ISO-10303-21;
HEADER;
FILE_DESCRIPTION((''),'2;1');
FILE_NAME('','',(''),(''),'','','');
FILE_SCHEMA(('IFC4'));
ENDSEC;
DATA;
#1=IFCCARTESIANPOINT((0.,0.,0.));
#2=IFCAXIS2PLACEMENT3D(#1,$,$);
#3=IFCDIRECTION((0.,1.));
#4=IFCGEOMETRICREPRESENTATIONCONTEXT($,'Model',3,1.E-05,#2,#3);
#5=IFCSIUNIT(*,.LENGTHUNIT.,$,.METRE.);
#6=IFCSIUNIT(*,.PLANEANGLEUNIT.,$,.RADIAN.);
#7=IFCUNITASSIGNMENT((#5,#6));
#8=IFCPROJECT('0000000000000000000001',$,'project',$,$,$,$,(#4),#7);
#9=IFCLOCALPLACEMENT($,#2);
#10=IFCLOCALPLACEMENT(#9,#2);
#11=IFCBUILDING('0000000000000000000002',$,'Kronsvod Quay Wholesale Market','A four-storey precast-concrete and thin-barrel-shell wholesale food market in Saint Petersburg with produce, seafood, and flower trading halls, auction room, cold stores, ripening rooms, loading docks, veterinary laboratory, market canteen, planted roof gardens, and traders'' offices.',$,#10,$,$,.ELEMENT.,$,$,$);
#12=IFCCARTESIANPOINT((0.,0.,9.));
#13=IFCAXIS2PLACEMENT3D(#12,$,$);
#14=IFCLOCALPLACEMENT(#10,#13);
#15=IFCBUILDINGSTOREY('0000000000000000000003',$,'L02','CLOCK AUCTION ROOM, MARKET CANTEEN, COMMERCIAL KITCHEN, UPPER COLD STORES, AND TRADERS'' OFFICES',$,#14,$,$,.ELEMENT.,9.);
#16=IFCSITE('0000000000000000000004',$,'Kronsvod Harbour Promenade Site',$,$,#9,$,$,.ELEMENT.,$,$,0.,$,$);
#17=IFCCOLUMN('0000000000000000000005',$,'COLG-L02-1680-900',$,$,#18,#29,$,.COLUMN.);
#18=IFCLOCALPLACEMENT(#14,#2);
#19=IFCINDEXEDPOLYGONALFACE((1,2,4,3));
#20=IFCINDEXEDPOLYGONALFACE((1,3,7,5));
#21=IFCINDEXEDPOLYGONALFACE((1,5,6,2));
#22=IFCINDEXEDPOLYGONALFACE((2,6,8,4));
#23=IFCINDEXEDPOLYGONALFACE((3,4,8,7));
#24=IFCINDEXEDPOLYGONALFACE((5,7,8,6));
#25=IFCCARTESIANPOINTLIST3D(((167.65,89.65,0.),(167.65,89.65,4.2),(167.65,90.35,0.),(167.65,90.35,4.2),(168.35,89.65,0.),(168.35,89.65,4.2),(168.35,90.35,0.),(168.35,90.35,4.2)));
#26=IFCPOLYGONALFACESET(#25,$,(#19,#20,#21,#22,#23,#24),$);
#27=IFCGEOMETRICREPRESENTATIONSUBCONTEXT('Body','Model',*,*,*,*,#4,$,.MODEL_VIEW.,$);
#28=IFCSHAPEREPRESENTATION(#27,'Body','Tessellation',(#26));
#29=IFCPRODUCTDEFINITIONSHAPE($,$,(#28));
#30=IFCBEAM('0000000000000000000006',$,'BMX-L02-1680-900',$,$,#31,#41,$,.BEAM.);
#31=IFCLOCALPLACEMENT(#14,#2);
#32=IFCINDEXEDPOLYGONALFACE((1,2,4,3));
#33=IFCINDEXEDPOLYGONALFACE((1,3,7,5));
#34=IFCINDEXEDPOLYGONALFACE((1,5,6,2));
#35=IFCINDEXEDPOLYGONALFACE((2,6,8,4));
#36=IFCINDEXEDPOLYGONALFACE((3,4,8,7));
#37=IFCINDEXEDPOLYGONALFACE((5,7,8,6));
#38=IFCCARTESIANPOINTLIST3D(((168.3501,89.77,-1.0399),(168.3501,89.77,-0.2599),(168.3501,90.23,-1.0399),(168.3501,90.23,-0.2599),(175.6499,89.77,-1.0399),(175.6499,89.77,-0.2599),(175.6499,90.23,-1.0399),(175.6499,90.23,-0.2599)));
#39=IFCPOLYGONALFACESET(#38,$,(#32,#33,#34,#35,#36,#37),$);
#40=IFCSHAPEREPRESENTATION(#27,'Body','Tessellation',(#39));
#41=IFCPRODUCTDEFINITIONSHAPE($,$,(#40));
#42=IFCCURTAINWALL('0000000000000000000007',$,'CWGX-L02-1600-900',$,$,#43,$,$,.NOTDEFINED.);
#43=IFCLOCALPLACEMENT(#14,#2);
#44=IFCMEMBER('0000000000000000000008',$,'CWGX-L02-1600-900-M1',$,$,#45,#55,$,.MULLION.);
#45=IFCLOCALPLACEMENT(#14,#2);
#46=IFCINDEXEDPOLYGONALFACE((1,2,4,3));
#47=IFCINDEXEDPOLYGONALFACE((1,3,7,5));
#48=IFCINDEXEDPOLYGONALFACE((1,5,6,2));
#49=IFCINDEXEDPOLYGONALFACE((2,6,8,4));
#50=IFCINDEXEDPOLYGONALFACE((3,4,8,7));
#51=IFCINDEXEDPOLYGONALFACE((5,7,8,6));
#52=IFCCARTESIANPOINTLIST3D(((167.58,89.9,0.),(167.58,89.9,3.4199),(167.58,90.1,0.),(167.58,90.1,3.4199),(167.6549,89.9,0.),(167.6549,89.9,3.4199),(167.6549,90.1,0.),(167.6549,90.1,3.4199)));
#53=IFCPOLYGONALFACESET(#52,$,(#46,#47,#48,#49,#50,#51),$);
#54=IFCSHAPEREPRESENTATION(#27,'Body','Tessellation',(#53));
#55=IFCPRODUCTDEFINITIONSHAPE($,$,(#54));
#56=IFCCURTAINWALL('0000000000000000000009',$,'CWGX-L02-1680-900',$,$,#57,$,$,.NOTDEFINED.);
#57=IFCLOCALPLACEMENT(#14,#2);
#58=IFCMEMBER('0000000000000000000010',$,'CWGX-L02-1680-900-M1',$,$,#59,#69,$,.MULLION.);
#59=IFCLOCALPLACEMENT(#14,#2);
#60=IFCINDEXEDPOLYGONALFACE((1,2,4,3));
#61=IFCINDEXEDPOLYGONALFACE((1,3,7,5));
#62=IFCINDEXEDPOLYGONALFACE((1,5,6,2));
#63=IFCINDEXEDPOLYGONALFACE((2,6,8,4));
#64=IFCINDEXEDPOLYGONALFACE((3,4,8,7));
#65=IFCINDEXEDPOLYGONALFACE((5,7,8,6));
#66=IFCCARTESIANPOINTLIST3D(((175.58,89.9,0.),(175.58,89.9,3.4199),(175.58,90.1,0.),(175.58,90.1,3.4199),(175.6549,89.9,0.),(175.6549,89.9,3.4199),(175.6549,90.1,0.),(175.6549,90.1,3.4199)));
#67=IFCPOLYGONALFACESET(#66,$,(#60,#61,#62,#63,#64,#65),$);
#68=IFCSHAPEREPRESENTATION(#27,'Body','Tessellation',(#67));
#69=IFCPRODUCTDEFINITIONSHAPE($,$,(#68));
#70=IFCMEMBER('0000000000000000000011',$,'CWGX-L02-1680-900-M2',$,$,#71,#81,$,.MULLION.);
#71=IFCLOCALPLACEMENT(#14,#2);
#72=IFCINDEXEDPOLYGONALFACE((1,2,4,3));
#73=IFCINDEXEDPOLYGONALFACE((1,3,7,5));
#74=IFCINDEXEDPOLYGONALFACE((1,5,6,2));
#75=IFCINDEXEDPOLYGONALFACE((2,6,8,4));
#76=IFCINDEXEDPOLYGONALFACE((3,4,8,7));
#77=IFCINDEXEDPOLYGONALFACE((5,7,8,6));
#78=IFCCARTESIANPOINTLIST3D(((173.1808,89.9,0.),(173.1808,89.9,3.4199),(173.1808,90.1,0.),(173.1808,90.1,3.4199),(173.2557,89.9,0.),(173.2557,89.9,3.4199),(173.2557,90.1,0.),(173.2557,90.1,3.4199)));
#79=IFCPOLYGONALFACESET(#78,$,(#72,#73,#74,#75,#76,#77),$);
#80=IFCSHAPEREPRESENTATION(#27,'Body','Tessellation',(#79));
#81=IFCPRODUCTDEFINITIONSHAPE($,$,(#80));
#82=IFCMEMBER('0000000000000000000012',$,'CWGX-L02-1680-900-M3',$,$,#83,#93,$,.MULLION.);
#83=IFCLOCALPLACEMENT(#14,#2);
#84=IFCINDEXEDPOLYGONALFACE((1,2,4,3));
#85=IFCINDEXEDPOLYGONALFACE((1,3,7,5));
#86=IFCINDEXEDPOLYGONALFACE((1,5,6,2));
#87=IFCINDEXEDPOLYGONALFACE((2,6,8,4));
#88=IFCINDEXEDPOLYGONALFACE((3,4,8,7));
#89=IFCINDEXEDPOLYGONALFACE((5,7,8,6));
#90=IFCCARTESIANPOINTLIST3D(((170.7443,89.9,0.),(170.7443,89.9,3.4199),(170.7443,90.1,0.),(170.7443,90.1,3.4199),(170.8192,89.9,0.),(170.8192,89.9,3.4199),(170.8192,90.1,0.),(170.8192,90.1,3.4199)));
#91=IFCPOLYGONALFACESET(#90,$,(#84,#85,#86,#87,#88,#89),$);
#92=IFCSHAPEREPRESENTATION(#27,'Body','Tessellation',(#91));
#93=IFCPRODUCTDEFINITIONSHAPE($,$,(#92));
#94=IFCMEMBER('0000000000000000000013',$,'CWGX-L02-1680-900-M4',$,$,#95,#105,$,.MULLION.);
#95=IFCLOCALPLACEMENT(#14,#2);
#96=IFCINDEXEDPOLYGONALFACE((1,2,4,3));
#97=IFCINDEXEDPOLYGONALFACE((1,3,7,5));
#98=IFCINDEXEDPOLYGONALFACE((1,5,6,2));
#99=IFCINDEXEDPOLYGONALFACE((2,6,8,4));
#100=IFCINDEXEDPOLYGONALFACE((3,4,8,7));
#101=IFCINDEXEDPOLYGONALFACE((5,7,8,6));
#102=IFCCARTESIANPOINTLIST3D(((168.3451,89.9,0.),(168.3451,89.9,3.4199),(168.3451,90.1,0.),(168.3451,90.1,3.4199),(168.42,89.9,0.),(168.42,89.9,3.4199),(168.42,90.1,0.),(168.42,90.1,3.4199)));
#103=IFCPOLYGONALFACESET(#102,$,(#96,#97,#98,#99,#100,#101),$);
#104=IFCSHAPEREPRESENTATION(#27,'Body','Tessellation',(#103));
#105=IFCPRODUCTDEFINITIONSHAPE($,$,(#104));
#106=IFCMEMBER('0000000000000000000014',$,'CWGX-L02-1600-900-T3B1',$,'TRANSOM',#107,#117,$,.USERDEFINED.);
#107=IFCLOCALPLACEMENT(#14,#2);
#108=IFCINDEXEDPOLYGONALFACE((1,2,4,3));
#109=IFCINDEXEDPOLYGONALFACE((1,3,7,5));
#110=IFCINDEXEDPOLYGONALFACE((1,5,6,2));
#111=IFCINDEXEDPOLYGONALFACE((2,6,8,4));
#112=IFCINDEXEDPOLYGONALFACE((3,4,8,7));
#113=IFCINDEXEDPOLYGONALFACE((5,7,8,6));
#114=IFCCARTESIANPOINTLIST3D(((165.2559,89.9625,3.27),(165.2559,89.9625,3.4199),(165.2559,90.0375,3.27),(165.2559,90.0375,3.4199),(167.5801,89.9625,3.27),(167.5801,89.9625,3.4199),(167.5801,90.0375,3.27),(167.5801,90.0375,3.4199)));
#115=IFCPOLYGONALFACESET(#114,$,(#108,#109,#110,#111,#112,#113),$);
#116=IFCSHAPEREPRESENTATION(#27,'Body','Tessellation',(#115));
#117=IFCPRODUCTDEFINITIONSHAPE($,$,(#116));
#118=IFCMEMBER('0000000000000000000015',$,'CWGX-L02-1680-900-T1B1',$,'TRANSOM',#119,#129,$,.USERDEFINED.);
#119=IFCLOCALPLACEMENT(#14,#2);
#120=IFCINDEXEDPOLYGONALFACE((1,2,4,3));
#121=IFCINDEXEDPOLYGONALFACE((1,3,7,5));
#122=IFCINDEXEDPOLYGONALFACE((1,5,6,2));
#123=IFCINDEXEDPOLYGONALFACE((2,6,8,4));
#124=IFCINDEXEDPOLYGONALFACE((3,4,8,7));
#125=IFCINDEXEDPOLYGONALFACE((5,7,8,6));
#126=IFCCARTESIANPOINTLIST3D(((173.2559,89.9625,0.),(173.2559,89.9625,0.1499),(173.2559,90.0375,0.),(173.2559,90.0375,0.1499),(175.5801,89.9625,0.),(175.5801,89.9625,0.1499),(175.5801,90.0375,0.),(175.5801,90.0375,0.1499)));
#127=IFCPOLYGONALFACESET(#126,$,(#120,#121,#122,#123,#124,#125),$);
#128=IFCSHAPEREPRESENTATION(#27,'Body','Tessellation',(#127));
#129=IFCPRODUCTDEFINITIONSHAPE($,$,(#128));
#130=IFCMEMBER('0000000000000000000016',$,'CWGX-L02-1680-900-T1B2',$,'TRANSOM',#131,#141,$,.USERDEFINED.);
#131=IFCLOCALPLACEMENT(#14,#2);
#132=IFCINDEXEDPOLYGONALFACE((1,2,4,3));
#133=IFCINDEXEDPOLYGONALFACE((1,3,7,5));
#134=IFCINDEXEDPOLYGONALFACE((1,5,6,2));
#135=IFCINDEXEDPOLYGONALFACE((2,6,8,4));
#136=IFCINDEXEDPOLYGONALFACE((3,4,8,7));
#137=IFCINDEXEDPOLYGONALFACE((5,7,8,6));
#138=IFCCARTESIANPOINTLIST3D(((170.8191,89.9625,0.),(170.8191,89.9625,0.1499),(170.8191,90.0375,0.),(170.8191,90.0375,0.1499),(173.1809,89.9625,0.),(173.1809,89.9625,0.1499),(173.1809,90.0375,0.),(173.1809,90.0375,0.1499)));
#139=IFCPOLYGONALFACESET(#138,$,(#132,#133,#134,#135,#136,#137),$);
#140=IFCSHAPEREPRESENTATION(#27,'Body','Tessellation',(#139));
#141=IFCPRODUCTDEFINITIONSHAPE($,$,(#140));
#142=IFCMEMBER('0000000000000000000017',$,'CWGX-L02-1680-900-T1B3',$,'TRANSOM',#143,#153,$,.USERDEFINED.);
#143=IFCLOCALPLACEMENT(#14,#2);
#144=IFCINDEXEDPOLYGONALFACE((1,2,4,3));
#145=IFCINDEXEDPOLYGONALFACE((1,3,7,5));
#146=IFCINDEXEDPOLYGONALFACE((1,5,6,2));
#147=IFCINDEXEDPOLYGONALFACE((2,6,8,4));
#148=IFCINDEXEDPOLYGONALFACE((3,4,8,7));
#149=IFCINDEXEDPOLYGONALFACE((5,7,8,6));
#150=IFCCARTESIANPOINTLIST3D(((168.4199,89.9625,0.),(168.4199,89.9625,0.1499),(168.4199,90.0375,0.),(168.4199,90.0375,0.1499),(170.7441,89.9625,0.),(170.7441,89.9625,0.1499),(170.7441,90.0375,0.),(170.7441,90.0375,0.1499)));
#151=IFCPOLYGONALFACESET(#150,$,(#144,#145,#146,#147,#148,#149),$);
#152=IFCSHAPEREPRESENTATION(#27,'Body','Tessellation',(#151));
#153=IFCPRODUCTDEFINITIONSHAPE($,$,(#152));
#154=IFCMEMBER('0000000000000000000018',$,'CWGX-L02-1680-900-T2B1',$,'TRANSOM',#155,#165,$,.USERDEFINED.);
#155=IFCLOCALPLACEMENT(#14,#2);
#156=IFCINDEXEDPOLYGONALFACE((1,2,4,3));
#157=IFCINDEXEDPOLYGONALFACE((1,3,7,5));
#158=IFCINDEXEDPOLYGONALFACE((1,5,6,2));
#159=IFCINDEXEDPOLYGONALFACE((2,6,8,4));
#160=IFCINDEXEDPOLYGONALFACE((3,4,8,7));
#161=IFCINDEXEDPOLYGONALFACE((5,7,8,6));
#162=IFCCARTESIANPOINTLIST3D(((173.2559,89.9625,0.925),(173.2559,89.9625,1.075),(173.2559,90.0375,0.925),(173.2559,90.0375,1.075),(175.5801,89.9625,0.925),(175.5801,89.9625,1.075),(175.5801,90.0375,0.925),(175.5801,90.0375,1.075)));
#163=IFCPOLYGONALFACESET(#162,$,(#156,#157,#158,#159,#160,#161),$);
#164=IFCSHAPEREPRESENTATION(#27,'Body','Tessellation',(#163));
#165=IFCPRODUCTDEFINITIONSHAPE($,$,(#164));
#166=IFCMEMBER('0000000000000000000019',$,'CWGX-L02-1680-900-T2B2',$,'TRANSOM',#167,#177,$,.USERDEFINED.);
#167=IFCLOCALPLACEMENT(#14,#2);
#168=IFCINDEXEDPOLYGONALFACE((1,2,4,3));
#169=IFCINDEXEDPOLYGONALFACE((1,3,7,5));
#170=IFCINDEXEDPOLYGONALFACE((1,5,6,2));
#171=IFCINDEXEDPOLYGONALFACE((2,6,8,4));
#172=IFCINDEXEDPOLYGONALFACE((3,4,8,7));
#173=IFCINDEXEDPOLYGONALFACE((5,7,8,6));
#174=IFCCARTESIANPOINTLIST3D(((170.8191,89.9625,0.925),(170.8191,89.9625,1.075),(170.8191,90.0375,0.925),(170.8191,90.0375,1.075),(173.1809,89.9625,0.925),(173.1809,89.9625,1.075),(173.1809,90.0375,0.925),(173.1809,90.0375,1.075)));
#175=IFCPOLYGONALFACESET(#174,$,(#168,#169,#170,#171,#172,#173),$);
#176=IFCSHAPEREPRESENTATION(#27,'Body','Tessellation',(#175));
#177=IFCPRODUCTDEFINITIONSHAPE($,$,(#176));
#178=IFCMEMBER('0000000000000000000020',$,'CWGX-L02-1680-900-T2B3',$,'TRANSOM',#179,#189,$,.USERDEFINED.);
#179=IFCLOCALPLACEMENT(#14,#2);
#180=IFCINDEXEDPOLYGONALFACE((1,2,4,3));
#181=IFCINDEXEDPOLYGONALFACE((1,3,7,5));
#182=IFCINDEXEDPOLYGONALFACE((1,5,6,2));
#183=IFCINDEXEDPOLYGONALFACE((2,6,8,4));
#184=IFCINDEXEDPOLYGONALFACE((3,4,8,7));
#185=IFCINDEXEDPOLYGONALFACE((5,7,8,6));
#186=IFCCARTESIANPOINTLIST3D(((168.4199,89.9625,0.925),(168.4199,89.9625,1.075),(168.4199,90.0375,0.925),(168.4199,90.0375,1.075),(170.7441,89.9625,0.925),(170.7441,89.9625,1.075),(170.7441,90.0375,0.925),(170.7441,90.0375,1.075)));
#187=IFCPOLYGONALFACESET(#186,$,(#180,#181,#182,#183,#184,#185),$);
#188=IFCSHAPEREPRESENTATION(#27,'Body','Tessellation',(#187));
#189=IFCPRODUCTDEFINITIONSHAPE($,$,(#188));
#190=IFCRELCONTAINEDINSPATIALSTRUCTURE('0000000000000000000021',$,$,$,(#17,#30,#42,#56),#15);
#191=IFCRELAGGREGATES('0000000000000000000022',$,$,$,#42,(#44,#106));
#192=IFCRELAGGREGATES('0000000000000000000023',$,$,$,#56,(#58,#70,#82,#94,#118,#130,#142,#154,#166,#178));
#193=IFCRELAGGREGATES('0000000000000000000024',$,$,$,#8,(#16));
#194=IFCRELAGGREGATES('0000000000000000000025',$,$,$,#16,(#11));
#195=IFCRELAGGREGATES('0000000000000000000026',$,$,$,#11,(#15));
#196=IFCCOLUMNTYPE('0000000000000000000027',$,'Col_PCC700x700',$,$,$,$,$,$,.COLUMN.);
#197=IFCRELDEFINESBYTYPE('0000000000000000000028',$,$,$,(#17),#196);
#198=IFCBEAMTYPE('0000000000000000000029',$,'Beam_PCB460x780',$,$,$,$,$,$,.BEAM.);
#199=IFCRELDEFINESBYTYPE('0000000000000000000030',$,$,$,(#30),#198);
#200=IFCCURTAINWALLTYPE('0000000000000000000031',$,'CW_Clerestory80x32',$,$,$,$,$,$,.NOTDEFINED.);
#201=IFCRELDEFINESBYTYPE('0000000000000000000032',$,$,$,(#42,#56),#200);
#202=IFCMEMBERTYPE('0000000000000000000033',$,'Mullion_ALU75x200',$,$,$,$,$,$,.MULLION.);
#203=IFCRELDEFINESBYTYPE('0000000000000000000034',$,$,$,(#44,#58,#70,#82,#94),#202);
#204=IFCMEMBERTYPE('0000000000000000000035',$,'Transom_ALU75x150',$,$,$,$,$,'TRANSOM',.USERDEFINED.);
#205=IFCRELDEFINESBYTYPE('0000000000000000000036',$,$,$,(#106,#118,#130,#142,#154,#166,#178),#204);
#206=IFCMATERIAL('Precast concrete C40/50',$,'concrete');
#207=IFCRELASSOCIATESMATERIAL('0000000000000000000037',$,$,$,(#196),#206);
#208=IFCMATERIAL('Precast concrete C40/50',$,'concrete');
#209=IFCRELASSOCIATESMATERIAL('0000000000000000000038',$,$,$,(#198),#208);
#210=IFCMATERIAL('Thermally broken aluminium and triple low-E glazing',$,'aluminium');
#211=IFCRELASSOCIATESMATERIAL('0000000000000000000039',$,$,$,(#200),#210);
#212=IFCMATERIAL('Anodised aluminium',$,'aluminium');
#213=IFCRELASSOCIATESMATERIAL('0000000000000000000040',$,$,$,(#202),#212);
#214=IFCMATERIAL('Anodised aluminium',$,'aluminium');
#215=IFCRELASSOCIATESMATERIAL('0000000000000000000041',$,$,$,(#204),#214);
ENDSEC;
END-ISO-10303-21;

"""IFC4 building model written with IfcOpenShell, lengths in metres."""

from ifc_helpers import new_model, si_unit, direction, frame, origin, origin_2d, place, context, subcontext, project, spatial, rectangle, extrude, material, material_profile, profile_set, type_object, element, aggregate, save


model = new_model("IFC4")

# Units and contexts
model_context = context("Model", 3, precision=1e-05, world=origin(), true_north=direction((0.0, 1.0)))
body_context = subcontext(model_context, "Body", "Model", "MODEL_VIEW")
ifc_project = project(units=[si_unit("LENGTHUNIT", "METRE"), si_unit("PLANEANGLEUNIT", "RADIAN")], contexts=[model_context])

# Site, building, storey
site_placement = place(None, origin())
site = spatial("IfcSite", under=ifc_project, at=site_placement, Name="Kronsvod Harbour Promenade Site", CompositionType="ELEMENT", RefElevation=0.0)
building_placement = place(site_placement, origin())
building = spatial("IfcBuilding", under=site, at=building_placement, Name="Kronsvod Quay Wholesale Market", Description="A four-storey precast-concrete and thin-barrel-shell wholesale food market in Saint Petersburg with produce, seafood, and flower trading halls, auction room, cold stores, ripening rooms, loading docks, veterinary laboratory, market canteen, planted roof gardens, and traders' offices.", CompositionType="ELEMENT")
storey_placement = place(building_placement, frame((0.0, 0.0, 9.0)))
storey = spatial("IfcBuildingStorey", under=building, at=storey_placement, Name="L02", Description="CLOCK AUCTION ROOM, MARKET CANTEEN, COMMERCIAL KITCHEN, UPPER COLD STORES, AND TRADERS' OFFICES", CompositionType="ELEMENT", Elevation=9.0)

# Column
ifc_material_1 = material(Name="Precast concrete C40/50", Category="concrete")
ifc_material_profile_1 = material_profile(ifc_material_1, rectangle(XDim=0.7, YDim=0.7, at=origin_2d()), Name="PCC700x700")
ifc_profile_set_1 = profile_set([ifc_material_profile_1], Name="Precast concrete C40/50")
column_type = type_object("IfcColumnType", Name="Col_PCC700x700", PredefinedType="COLUMN", material=ifc_profile_set_1)
column_placement = place(storey_placement, frame((168.0, 90.0, 0.0), z_axis=(0.0, 0.0, 1.0), x_axis=(1.0, 0.0, 0.0)))
element("IfcColumn", 1, at=column_placement, inside=storey, type_object=column_type, Name="COLG-L02-1680-900", PredefinedType="COLUMN", context=body_context, shape_type="SweptSolid", body=[
    extrude(rectangle(XDim=0.7, YDim=0.7, at=origin_2d()), origin(), (0.0, 0.0, 1.0), 4.2),
])

# Beam
ifc_material_2 = material(Name="Precast concrete C40/50", Category="concrete")
ifc_material_profile_2 = material_profile(ifc_material_2, rectangle(XDim=0.46, YDim=0.78, at=origin_2d()), Name="PB-03")
ifc_profile_set_2 = profile_set([ifc_material_profile_2], Name="Precast concrete C40/50")
beam_type = type_object("IfcBeamType", Name="Beam_PCB460x780", PredefinedType="BEAM", material=ifc_profile_set_2)
beam_placement = place(storey_placement, frame((168.3501, 90.0, -0.6499), z_axis=(1.0, 0.0, 0.0), x_axis=(0.0, 1.0, 0.0)))
element("IfcBeam", 2, at=beam_placement, inside=storey, type_object=beam_type, Name="BMX-L02-1680-900", PredefinedType="BEAM", context=body_context, shape_type="SweptSolid", body=[
    extrude(rectangle(XDim=0.46, YDim=0.78, at=origin_2d()), origin(), (0.0, 0.0, 1.0), 7.2998),
])

# Curtain wall, member
ifc_material_3 = material(Name="Thermally broken aluminium and triple low-E glazing", Category="aluminium")
curtain_wall_type = type_object("IfcCurtainWallType", Name="CW_Clerestory80x32", PredefinedType="NOTDEFINED", material=ifc_material_3)
curtain_wall_1_placement = place(storey_placement, origin())
curtain_wall_1 = element("IfcCurtainWall", 3, at=curtain_wall_1_placement, inside=storey, type_object=curtain_wall_type, Name="CWGX-L02-1600-900", PredefinedType="NOTDEFINED")
ifc_material_4 = material(Name="Anodised aluminium", Category="aluminium")
ifc_material_profile_3 = material_profile(ifc_material_4, rectangle(XDim=0.075, YDim=0.2, at=origin_2d()), Name="ALUM75x200")
ifc_profile_set_3 = profile_set([ifc_material_profile_3], Name="Anodised aluminium")
member_type_1 = type_object("IfcMemberType", Name="Mullion_ALU75x200", PredefinedType="MULLION", material=ifc_profile_set_3)
member_1_placement = place(storey_placement, frame((167.6174, 90.0, 0.0), z_axis=(0.0, 0.0, 1.0), x_axis=(1.0, 0.0, 0.0)))
member_1 = element("IfcMember", 4, at=member_1_placement, type_object=member_type_1, Name="CWGX-L02-1600-900-M1", PredefinedType="MULLION", context=body_context, shape_type="SweptSolid", body=[
    extrude(rectangle(XDim=0.075, YDim=0.2, at=origin_2d()), origin(), (0.0, 0.0, 1.0), 3.4199),
])

# Curtain wall, members
curtain_wall_2_placement = place(storey_placement, origin())
curtain_wall_2 = element("IfcCurtainWall", 5, at=curtain_wall_2_placement, inside=storey, type_object=curtain_wall_type, Name="CWGX-L02-1680-900", PredefinedType="NOTDEFINED")
member_2_placement = place(storey_placement, frame((175.6174, 90.0, 0.0), z_axis=(0.0, 0.0, 1.0), x_axis=(1.0, 0.0, 0.0)))
member_2 = element("IfcMember", 6, at=member_2_placement, type_object=member_type_1, Name="CWGX-L02-1680-900-M1", PredefinedType="MULLION", context=body_context, shape_type="SweptSolid", body=[
    extrude(rectangle(XDim=0.075, YDim=0.2, at=origin_2d()), origin(), (0.0, 0.0, 1.0), 3.4199),
])
member_3_placement = place(storey_placement, frame((173.2183, 90.0, 0.0), z_axis=(0.0, 0.0, 1.0), x_axis=(1.0, 0.0, 0.0)))
member_3 = element("IfcMember", 7, at=member_3_placement, type_object=member_type_1, Name="CWGX-L02-1680-900-M2", PredefinedType="MULLION", context=body_context, shape_type="SweptSolid", body=[
    extrude(rectangle(XDim=0.075, YDim=0.2, at=origin_2d()), origin(), (0.0, 0.0, 1.0), 3.4199),
])
member_4_placement = place(storey_placement, frame((170.7817, 90.0, 0.0), z_axis=(0.0, 0.0, 1.0), x_axis=(1.0, 0.0, 0.0)))
member_4 = element("IfcMember", 8, at=member_4_placement, type_object=member_type_1, Name="CWGX-L02-1680-900-M3", PredefinedType="MULLION", context=body_context, shape_type="SweptSolid", body=[
    extrude(rectangle(XDim=0.075, YDim=0.2, at=origin_2d()), origin(), (0.0, 0.0, 1.0), 3.4199),
])
member_5_placement = place(storey_placement, frame((168.3826, 90.0, 0.0), z_axis=(0.0, 0.0, 1.0), x_axis=(1.0, 0.0, 0.0)))
member_5 = element("IfcMember", 9, at=member_5_placement, type_object=member_type_1, Name="CWGX-L02-1680-900-M4", PredefinedType="MULLION", context=body_context, shape_type="SweptSolid", body=[
    extrude(rectangle(XDim=0.075, YDim=0.2, at=origin_2d()), origin(), (0.0, 0.0, 1.0), 3.4199),
])

# Members
ifc_material_5 = material(Name="Anodised aluminium", Category="aluminium")
ifc_material_profile_4 = material_profile(ifc_material_5, rectangle(XDim=0.075, YDim=0.1499, at=origin_2d()), Name="ALUT75x150")
ifc_profile_set_4 = profile_set([ifc_material_profile_4], Name="Anodised aluminium")
member_type_2 = type_object("IfcMemberType", Name="Transom_ALU75x150", ElementType="TRANSOM", PredefinedType="USERDEFINED", material=ifc_profile_set_4)
member_6_placement = place(storey_placement, frame((167.5801, 90.0, 3.345), z_axis=(-1.0, 0.0, 0.0), x_axis=(0.0, -1.0, 0.0)))
member_6 = element("IfcMember", 10, at=member_6_placement, type_object=member_type_2, Name="CWGX-L02-1600-900-T3B1", ObjectType="TRANSOM", PredefinedType="USERDEFINED", context=body_context, shape_type="SweptSolid", body=[
    extrude(rectangle(XDim=0.075, YDim=0.1499, at=origin_2d()), origin(), (0.0, 0.0, 1.0), 2.3242),
])
aggregate(curtain_wall_1, [member_1, member_6])
member_7_placement = place(storey_placement, frame((175.5801, 90.0, 0.075), z_axis=(-1.0, 0.0, 0.0), x_axis=(0.0, -1.0, 0.0)))
member_7 = element("IfcMember", 11, at=member_7_placement, type_object=member_type_2, Name="CWGX-L02-1680-900-T1B1", ObjectType="TRANSOM", PredefinedType="USERDEFINED", context=body_context, shape_type="SweptSolid", body=[
    extrude(rectangle(XDim=0.075, YDim=0.1499, at=origin_2d()), origin(), (0.0, 0.0, 1.0), 2.3242),
])
member_8_placement = place(storey_placement, frame((173.1809, 90.0, 0.075), z_axis=(-1.0, 0.0, 0.0), x_axis=(0.0, -1.0, 0.0)))
member_8 = element("IfcMember", 12, at=member_8_placement, type_object=member_type_2, Name="CWGX-L02-1680-900-T1B2", ObjectType="TRANSOM", PredefinedType="USERDEFINED", context=body_context, shape_type="SweptSolid", body=[
    extrude(rectangle(XDim=0.075, YDim=0.1499, at=origin_2d()), origin(), (0.0, 0.0, 1.0), 2.3618),
])
member_9_placement = place(storey_placement, frame((170.7441, 90.0, 0.075), z_axis=(-1.0, 0.0, 0.0), x_axis=(0.0, -1.0, 0.0)))
member_9 = element("IfcMember", 13, at=member_9_placement, type_object=member_type_2, Name="CWGX-L02-1680-900-T1B3", ObjectType="TRANSOM", PredefinedType="USERDEFINED", context=body_context, shape_type="SweptSolid", body=[
    extrude(rectangle(XDim=0.075, YDim=0.1499, at=origin_2d()), origin(), (0.0, 0.0, 1.0), 2.3242),
])
member_10_placement = place(storey_placement, frame((175.5801, 90.0, 1.0), z_axis=(-1.0, 0.0, 0.0), x_axis=(0.0, -1.0, 0.0)))
member_10 = element("IfcMember", 14, at=member_10_placement, type_object=member_type_2, Name="CWGX-L02-1680-900-T2B1", ObjectType="TRANSOM", PredefinedType="USERDEFINED", context=body_context, shape_type="SweptSolid", body=[
    extrude(rectangle(XDim=0.075, YDim=0.1499, at=origin_2d()), origin(), (0.0, 0.0, 1.0), 2.3242),
])
member_11_placement = place(storey_placement, frame((173.1809, 90.0, 1.0), z_axis=(-1.0, 0.0, 0.0), x_axis=(0.0, -1.0, 0.0)))
member_11 = element("IfcMember", 15, at=member_11_placement, type_object=member_type_2, Name="CWGX-L02-1680-900-T2B2", ObjectType="TRANSOM", PredefinedType="USERDEFINED", context=body_context, shape_type="SweptSolid", body=[
    extrude(rectangle(XDim=0.075, YDim=0.1499, at=origin_2d()), origin(), (0.0, 0.0, 1.0), 2.3618),
])
member_12_placement = place(storey_placement, frame((170.7441, 90.0, 1.0), z_axis=(-1.0, 0.0, 0.0), x_axis=(0.0, -1.0, 0.0)))
member_12 = element("IfcMember", 16, at=member_12_placement, type_object=member_type_2, Name="CWGX-L02-1680-900-T2B3", ObjectType="TRANSOM", PredefinedType="USERDEFINED", context=body_context, shape_type="SweptSolid", body=[
    extrude(rectangle(XDim=0.075, YDim=0.1499, at=origin_2d()), origin(), (0.0, 0.0, 1.0), 2.3242),
])

aggregate(curtain_wall_2, [member_2, member_3, member_4, member_5, member_7, member_8, member_9, member_10, member_11, member_12])

save(model, "model.ifc")
